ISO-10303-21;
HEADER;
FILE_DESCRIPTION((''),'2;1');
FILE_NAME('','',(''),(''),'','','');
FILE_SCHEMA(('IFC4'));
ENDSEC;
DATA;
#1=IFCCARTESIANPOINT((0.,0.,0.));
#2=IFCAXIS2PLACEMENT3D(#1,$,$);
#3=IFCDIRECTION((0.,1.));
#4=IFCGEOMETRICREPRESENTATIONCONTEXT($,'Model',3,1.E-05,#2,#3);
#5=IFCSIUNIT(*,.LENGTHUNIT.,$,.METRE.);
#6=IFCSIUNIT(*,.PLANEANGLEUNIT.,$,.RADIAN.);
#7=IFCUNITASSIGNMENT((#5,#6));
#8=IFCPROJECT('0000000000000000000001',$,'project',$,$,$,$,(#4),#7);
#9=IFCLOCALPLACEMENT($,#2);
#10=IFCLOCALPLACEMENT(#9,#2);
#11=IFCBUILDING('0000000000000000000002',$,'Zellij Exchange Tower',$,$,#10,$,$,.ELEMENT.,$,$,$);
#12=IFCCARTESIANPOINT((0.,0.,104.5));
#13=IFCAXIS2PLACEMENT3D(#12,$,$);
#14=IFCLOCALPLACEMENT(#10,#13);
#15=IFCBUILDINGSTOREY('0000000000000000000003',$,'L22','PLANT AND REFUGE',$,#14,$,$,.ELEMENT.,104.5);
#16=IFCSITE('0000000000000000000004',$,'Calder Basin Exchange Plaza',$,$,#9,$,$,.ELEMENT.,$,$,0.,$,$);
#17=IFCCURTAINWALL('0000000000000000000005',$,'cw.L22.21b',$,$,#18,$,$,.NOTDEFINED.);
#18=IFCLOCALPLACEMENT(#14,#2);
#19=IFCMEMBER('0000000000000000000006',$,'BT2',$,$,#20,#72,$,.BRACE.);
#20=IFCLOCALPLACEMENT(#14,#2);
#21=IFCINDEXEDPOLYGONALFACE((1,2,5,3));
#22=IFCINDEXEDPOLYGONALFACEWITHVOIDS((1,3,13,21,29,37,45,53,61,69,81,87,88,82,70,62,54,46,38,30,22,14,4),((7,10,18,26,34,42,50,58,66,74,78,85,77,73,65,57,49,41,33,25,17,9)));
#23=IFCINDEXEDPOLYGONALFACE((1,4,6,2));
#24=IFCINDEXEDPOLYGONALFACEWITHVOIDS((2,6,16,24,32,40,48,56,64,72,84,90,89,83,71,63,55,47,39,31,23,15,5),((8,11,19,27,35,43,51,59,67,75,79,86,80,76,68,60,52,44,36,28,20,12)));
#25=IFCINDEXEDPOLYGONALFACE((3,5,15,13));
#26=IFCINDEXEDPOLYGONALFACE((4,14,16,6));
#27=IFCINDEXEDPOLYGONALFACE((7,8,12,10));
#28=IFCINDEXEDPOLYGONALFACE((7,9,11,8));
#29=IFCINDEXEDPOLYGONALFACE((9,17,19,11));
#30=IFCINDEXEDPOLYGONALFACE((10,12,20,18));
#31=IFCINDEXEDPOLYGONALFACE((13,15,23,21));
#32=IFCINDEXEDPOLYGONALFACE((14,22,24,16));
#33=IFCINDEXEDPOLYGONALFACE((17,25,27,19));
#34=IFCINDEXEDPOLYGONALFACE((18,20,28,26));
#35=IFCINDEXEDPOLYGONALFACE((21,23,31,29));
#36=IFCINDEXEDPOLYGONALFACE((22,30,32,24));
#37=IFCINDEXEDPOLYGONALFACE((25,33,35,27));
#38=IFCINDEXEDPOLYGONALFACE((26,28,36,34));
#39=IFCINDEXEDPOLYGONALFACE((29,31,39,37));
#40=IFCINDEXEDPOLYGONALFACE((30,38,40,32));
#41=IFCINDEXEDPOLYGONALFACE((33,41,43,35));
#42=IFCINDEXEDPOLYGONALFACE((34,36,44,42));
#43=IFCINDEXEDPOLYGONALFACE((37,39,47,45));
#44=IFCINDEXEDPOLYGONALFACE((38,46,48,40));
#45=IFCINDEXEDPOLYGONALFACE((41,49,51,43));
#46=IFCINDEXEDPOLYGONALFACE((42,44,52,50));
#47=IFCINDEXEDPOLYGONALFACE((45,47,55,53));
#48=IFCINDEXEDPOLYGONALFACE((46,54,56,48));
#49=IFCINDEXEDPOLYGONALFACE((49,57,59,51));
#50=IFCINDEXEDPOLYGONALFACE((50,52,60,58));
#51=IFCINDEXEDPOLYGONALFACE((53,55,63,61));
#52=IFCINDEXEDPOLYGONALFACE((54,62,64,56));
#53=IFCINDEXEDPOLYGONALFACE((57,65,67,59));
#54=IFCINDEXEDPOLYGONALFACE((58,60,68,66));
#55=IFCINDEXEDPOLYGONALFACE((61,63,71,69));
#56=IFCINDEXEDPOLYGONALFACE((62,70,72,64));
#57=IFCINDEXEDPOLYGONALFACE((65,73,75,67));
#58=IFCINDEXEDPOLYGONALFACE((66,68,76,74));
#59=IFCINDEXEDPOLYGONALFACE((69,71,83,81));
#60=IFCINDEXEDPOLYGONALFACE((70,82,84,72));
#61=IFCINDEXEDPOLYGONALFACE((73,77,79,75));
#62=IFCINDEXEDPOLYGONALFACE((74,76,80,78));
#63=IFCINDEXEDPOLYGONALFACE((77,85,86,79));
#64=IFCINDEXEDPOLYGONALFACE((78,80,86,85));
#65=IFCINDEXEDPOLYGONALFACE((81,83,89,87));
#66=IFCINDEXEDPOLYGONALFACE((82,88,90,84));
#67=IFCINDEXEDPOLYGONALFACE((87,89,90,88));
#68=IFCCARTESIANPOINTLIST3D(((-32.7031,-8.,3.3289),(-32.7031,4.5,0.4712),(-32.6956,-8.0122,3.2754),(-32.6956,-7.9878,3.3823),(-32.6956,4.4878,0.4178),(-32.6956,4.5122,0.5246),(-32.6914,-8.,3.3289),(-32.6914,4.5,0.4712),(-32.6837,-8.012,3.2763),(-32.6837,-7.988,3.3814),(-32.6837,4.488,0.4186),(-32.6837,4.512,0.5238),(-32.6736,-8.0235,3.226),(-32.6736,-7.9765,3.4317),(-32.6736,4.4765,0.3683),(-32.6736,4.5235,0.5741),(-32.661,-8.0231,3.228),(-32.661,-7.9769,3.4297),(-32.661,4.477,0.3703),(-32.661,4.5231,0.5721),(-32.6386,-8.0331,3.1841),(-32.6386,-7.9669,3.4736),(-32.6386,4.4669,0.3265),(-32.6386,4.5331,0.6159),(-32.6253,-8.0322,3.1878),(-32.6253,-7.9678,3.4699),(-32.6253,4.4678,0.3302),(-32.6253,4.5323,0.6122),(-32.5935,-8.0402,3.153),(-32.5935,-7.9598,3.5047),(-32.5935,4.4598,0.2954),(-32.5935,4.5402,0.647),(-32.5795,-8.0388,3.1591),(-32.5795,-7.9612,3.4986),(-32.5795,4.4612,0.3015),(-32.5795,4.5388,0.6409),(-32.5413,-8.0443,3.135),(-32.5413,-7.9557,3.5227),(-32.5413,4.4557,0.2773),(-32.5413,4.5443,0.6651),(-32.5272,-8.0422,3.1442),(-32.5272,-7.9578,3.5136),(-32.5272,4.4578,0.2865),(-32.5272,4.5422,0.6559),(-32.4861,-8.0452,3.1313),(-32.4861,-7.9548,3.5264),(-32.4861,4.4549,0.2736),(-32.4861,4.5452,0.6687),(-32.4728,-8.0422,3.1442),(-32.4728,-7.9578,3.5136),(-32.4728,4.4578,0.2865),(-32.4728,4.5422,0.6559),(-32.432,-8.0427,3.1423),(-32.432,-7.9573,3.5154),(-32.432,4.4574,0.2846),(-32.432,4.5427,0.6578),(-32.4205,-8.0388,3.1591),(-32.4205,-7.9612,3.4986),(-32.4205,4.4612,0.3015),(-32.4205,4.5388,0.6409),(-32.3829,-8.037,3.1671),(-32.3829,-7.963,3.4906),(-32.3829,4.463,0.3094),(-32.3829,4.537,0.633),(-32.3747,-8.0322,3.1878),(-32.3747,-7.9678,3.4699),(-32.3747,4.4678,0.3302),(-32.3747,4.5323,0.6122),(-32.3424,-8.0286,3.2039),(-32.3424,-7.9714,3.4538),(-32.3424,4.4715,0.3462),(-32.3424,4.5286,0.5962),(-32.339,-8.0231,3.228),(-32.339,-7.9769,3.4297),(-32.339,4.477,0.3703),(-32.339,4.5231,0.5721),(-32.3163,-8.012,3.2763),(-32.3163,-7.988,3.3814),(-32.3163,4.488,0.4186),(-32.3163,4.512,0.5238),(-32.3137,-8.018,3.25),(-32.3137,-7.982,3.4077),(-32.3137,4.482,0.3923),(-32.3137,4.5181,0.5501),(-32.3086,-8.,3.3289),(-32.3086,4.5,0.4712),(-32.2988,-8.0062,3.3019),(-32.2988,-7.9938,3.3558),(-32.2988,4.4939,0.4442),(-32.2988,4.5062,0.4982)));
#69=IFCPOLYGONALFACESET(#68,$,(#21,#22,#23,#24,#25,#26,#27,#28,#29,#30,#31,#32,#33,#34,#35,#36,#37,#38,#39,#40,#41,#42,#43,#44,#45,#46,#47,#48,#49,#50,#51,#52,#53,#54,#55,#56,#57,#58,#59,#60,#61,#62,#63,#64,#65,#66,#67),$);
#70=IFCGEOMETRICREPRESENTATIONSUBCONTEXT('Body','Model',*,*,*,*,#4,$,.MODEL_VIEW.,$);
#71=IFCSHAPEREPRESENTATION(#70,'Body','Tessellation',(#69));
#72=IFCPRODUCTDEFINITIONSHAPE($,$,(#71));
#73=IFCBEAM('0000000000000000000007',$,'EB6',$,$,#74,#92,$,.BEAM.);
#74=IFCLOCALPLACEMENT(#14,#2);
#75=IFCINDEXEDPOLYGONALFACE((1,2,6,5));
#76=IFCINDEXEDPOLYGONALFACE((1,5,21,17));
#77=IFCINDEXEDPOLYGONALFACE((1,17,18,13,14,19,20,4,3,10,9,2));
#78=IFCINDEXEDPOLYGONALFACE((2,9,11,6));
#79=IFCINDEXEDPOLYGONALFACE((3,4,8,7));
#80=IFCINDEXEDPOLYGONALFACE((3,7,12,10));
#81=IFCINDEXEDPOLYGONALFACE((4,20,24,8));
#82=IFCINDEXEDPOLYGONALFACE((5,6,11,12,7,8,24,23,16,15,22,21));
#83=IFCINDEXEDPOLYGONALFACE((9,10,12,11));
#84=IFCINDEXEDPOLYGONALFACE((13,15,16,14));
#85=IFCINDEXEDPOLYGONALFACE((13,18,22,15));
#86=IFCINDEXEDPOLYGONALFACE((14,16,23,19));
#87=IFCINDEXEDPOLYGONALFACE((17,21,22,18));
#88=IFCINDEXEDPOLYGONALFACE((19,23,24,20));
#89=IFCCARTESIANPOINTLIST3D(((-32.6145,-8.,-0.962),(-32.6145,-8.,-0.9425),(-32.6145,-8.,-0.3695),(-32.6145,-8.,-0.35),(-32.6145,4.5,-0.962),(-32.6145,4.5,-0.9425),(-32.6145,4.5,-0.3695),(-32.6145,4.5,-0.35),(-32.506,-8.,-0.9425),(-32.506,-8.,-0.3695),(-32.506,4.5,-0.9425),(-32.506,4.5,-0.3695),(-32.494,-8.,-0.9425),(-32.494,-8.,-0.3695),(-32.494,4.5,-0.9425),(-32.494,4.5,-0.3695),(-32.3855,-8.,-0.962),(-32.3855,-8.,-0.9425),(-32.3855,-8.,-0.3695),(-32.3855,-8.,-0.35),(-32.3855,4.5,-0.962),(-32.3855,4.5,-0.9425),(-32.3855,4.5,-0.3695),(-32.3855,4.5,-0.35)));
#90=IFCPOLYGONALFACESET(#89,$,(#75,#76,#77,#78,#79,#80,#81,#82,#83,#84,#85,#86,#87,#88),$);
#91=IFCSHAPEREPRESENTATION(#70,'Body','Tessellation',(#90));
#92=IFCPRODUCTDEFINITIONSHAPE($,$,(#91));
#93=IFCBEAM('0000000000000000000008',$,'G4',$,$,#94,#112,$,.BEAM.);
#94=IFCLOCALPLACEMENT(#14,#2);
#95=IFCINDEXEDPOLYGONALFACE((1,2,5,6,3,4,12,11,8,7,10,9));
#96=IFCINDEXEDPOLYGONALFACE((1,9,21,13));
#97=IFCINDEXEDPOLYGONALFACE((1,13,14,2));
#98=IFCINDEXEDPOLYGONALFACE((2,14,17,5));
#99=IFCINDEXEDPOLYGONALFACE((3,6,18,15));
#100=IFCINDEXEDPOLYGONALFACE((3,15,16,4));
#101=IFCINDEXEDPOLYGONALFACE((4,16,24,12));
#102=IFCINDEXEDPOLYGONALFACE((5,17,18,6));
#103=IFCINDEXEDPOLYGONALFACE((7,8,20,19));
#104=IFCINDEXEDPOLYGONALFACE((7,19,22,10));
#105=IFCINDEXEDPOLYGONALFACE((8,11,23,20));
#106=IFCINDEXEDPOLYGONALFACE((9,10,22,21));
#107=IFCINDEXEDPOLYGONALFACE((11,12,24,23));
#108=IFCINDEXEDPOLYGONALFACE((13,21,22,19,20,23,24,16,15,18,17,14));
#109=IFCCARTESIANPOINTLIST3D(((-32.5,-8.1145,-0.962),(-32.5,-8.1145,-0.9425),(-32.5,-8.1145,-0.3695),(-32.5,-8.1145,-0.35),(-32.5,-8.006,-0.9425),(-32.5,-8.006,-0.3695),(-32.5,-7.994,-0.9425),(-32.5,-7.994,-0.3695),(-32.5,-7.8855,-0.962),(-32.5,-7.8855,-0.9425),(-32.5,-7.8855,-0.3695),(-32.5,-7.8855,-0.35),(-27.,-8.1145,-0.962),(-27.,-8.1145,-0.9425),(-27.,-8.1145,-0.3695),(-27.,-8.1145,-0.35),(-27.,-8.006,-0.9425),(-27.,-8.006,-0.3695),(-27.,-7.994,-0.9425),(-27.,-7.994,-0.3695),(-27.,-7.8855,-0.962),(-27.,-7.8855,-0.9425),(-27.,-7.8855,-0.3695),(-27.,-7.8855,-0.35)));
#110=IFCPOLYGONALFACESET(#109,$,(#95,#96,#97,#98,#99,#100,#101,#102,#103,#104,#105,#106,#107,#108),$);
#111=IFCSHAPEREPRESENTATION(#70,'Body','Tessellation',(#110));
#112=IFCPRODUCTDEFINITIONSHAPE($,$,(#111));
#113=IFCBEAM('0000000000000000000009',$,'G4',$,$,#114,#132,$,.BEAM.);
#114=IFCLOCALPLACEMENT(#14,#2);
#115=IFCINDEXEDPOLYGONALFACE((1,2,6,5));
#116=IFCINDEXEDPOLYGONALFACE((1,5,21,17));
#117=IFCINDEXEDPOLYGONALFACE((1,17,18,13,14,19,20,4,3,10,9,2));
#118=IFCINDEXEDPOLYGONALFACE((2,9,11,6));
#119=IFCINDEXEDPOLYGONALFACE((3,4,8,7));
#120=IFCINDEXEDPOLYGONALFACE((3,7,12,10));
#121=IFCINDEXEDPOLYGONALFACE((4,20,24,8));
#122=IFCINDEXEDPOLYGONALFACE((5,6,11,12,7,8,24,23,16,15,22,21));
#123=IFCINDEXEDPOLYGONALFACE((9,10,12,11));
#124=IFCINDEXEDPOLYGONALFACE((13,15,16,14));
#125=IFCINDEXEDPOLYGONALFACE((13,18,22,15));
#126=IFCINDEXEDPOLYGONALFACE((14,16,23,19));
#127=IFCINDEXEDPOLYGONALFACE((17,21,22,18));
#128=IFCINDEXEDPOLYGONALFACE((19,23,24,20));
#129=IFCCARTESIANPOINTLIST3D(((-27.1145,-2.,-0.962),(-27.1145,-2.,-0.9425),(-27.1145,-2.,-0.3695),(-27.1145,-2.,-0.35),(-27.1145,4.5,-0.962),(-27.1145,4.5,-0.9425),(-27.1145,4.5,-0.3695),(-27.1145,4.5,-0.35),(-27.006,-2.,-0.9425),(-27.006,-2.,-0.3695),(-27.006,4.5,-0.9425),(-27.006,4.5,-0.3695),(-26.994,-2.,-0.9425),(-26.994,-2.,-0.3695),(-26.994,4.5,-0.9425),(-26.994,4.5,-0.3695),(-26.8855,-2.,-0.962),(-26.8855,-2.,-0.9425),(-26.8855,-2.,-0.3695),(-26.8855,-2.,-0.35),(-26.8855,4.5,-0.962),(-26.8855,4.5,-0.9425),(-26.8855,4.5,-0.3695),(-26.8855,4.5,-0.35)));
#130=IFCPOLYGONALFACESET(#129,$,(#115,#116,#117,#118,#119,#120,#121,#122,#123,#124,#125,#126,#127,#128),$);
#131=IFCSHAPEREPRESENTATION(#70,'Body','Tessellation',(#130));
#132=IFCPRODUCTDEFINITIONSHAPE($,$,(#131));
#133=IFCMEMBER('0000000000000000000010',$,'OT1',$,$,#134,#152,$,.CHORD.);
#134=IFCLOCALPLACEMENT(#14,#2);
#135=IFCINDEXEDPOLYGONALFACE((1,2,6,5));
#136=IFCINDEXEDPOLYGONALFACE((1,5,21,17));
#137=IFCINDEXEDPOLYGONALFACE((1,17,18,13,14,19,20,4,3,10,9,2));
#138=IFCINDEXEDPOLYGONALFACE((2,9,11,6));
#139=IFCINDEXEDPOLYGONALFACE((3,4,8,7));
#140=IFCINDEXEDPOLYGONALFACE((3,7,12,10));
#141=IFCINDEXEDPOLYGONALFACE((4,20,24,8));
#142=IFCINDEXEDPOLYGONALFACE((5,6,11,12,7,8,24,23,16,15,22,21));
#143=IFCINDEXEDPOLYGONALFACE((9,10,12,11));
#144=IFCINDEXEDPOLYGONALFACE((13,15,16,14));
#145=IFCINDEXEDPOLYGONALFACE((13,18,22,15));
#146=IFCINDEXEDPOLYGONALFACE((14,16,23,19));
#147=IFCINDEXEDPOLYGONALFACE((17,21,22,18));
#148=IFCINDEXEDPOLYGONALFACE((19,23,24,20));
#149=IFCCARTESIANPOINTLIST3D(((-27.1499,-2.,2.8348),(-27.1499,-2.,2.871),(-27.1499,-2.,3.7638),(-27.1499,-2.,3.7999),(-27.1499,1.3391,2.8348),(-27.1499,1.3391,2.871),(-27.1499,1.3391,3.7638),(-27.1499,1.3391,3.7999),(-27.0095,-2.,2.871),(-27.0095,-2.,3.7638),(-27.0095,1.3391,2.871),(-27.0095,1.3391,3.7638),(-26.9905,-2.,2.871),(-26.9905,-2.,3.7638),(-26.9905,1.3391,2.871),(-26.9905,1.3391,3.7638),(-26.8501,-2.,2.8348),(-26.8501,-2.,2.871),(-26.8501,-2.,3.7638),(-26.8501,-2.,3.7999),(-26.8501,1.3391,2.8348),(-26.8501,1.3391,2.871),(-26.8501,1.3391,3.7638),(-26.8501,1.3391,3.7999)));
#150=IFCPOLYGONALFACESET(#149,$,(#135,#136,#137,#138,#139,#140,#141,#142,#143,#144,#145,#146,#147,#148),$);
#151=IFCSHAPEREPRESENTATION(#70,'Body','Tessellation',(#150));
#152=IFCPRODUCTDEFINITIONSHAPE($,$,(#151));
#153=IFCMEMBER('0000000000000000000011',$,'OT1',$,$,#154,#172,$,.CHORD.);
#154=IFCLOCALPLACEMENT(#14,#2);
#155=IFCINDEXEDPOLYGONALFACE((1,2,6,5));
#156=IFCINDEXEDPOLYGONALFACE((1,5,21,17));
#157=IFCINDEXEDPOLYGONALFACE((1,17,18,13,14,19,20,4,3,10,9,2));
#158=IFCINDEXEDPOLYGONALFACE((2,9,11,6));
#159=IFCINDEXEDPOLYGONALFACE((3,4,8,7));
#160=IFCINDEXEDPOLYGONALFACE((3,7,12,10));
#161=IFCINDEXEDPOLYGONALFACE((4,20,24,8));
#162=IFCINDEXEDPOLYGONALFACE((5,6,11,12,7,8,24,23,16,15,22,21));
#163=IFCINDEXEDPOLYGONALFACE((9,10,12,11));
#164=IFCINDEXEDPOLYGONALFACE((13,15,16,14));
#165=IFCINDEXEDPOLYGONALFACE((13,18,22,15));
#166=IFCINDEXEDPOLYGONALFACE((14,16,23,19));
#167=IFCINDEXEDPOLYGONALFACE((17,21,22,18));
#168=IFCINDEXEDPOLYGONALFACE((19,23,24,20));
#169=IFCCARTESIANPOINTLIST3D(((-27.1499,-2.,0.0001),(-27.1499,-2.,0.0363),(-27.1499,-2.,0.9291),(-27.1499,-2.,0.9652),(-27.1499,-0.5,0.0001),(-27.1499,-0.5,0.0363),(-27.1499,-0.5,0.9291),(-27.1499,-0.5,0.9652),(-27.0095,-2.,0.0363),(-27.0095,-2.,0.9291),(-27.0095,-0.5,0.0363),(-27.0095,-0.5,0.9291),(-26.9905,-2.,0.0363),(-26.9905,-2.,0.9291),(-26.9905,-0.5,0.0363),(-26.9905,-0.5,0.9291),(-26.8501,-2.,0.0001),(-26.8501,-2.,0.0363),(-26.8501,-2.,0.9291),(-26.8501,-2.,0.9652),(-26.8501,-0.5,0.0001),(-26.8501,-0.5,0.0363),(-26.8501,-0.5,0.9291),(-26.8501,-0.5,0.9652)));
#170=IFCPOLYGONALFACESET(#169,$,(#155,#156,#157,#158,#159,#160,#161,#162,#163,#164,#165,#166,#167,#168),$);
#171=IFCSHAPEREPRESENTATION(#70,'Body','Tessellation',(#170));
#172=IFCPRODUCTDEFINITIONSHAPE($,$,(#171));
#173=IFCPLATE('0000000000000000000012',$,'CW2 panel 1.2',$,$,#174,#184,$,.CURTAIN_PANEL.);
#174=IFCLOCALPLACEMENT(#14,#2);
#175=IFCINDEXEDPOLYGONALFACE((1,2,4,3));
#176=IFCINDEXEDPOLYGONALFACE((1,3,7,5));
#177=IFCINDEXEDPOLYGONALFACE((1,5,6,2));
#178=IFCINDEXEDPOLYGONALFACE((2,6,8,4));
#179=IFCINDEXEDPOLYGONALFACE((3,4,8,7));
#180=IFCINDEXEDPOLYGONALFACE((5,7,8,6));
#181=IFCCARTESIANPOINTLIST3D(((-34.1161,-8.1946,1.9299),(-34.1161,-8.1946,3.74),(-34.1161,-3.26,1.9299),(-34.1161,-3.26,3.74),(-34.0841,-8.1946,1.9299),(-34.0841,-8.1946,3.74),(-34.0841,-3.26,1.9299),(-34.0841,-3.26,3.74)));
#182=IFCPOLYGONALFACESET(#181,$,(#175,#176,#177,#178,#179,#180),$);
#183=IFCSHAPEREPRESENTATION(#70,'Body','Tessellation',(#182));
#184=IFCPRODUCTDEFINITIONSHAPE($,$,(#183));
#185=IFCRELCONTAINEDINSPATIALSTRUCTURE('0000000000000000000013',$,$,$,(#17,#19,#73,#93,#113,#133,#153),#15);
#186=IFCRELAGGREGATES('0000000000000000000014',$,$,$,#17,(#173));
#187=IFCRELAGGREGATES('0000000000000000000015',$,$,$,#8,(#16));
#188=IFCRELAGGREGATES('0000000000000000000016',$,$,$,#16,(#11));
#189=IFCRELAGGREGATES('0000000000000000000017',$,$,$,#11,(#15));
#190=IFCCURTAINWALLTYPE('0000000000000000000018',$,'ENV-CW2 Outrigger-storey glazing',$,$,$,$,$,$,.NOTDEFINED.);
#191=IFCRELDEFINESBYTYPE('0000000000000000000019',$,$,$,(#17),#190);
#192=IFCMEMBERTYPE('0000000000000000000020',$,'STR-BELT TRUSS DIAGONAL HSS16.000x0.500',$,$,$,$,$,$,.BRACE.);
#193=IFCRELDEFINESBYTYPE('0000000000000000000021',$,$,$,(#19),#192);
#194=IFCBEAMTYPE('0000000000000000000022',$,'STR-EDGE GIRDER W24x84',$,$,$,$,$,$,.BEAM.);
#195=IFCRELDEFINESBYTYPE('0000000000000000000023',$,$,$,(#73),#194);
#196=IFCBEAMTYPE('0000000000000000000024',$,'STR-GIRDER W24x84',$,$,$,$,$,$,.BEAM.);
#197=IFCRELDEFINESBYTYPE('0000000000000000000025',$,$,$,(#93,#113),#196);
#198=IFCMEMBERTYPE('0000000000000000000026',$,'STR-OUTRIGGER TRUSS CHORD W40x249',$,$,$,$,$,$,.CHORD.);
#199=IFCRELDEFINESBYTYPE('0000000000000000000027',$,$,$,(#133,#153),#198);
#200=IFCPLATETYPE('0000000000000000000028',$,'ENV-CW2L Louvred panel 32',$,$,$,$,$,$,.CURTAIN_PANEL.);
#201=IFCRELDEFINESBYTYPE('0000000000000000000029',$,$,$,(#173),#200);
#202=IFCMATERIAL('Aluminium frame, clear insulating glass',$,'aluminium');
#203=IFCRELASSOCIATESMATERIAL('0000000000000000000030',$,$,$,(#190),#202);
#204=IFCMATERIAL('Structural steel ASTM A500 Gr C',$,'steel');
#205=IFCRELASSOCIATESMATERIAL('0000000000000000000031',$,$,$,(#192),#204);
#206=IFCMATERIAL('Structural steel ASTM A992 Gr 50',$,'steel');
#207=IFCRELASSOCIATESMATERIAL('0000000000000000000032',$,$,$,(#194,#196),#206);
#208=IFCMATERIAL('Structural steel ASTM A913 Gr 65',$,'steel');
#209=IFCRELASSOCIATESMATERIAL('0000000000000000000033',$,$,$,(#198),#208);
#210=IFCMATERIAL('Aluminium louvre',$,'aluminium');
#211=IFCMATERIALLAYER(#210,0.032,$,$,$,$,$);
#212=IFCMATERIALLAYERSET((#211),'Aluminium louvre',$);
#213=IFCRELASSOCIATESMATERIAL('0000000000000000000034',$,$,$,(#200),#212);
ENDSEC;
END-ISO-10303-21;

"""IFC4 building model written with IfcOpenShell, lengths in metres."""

from ifc_helpers import new_model, si_unit, direction, frame, origin, origin_2d, place, context, subcontext, project, spatial, rectangle, hollow_circle, i_section, extrude, material, layer, layer_set, material_profile, profile_set, type_object, element, aggregate, save


model = new_model("IFC4")

# Units and contexts
model_context = context("Model", 3, precision=1e-05, world=origin(), true_north=direction((0.0, 1.0)))
body_context = subcontext(model_context, "Body", "Model", "MODEL_VIEW")
ifc_project = project(units=[si_unit("LENGTHUNIT", "METRE"), si_unit("PLANEANGLEUNIT", "RADIAN")], contexts=[model_context])

# Site, building, storey
site_placement = place(None, origin())
site = spatial("IfcSite", under=ifc_project, at=site_placement, Name="Calder Basin Exchange Plaza", CompositionType="ELEMENT", RefElevation=0.0)
building_placement = place(site_placement, origin())
building = spatial("IfcBuilding", under=site, at=building_placement, Name="Zellij Exchange Tower", CompositionType="ELEMENT")
storey_placement = place(building_placement, frame((0.0, 0.0, 104.5)))
storey = spatial("IfcBuildingStorey", under=building, at=storey_placement, Name="L22", Description="PLANT AND REFUGE", CompositionType="ELEMENT", Elevation=104.5)

# Shared definitions
ifc_material_1 = material(Name="Aluminium frame, clear insulating glass", Category="aluminium")
curtain_wall_type = type_object("IfcCurtainWallType", Name="ENV-CW2 Outrigger-storey glazing", PredefinedType="NOTDEFINED", material=ifc_material_1)

# Curtain wall
curtain_wall_1_placement = place(storey_placement, origin())
curtain_wall_1 = element("IfcCurtainWall", 1, at=curtain_wall_1_placement, inside=storey, type_object=curtain_wall_type, Name="cw.L22.21b", PredefinedType="NOTDEFINED")

# Shared definitions
ifc_material_2 = material(Name="Structural steel ASTM A992 Gr 50", Category="steel")

# Member
ifc_material_3 = material(Name="Structural steel ASTM A500 Gr C", Category="steel")
ifc_material_profile_1 = material_profile(ifc_material_3, hollow_circle(Radius=0.2031, WallThickness=0.0117, at=origin_2d()), Name="STR-BELT TRUSS DIAGONAL HSS16.000x0.500")
ifc_profile_set_1 = profile_set([ifc_material_profile_1], Name="Structural steel ASTM A500 Gr C")
member_type_1 = type_object("IfcMemberType", Name="STR-BELT TRUSS DIAGONAL HSS16.000x0.500", PredefinedType="BRACE", material=ifc_profile_set_1)
member_1_placement = place(storey_placement, frame((-32.5, -8.0, 3.3289), z_axis=(0.0, 0.97485, -0.222864), x_axis=(-1.0, 0.0, 0.0)))
element("IfcMember", 2, at=member_1_placement, inside=storey, type_object=member_type_1, Name="BT2", PredefinedType="BRACE", context=body_context, shape_type="SweptSolid", body=[
    extrude(hollow_circle(Radius=0.2031, WallThickness=0.0117, at=origin_2d()), origin(), (0.0, 0.0, 1.0), 12.8225),
])

# Beams
ifc_material_profile_2 = material_profile(ifc_material_2, i_section(OverallWidth=0.229, OverallDepth=0.6121, WebThickness=0.012, FlangeThickness=0.0195, at=origin_2d()), Name="W24x84")
ifc_profile_set_2 = profile_set([ifc_material_profile_2], Name="Structural steel ASTM A992 Gr 50")
beam_type_1 = type_object("IfcBeamType", Name="STR-EDGE GIRDER W24x84", PredefinedType="BEAM", material=ifc_profile_set_2)
beam_1_placement = place(storey_placement, frame((-32.5, -8.0, -0.656), z_axis=(0.0, 1.0, 0.0), x_axis=(-1.0, 0.0, 0.0)))
element("IfcBeam", 3, at=beam_1_placement, inside=storey, type_object=beam_type_1, Name="EB6", PredefinedType="BEAM", context=body_context, shape_type="SweptSolid", body=[
    extrude(i_section(OverallWidth=0.229, OverallDepth=0.6121, WebThickness=0.012, FlangeThickness=0.0195, at=origin_2d()), origin(), (0.0, 0.0, 1.0), 12.5),
])
ifc_material_profile_3 = material_profile(ifc_material_2, i_section(OverallWidth=0.229, OverallDepth=0.6121, WebThickness=0.012, FlangeThickness=0.0195, at=origin_2d()), Name="W24x84")
ifc_profile_set_3 = profile_set([ifc_material_profile_3], Name="Structural steel ASTM A992 Gr 50")
beam_type_2 = type_object("IfcBeamType", Name="STR-GIRDER W24x84", PredefinedType="BEAM", material=ifc_profile_set_3)
beam_2_placement = place(storey_placement, frame((-32.5, -8.0, -0.656), z_axis=(1.0, 0.0, 0.0), x_axis=(0.0, 1.0, 0.0)))
element("IfcBeam", 4, at=beam_2_placement, inside=storey, type_object=beam_type_2, Name="G4", PredefinedType="BEAM", context=body_context, shape_type="SweptSolid", body=[
    extrude(i_section(OverallWidth=0.229, OverallDepth=0.6121, WebThickness=0.012, FlangeThickness=0.0195, at=origin_2d()), origin(), (0.0, 0.0, 1.0), 5.5),
])
beam_3_placement = place(storey_placement, frame((-27.0, -2.0, -0.656), z_axis=(0.0, 1.0, 0.0), x_axis=(-1.0, 0.0, 0.0)))
element("IfcBeam", 5, at=beam_3_placement, inside=storey, type_object=beam_type_2, Name="G4", PredefinedType="BEAM", context=body_context, shape_type="SweptSolid", body=[
    extrude(i_section(OverallWidth=0.229, OverallDepth=0.6121, WebThickness=0.012, FlangeThickness=0.0195, at=origin_2d()), origin(), (0.0, 0.0, 1.0), 6.5),
])

# Members
ifc_material_4 = material(Name="Structural steel ASTM A913 Gr 65", Category="steel")
ifc_material_profile_4 = material_profile(ifc_material_4, i_section(OverallWidth=0.2998, OverallDepth=0.9651, WebThickness=0.019, FlangeThickness=0.0361, at=origin_2d()), Name="W40x249")
ifc_profile_set_4 = profile_set([ifc_material_profile_4], Name="Structural steel ASTM A913 Gr 65")
member_type_2 = type_object("IfcMemberType", Name="STR-OUTRIGGER TRUSS CHORD W40x249", PredefinedType="CHORD", material=ifc_profile_set_4)
member_2_placement = place(storey_placement, frame((-27.0, -2.0, 3.3174), z_axis=(0.0, 1.0, 0.0), x_axis=(-1.0, 0.0, 0.0)))
element("IfcMember", 6, at=member_2_placement, inside=storey, type_object=member_type_2, Name="OT1", PredefinedType="CHORD", context=body_context, shape_type="SweptSolid", body=[
    extrude(i_section(OverallWidth=0.2998, OverallDepth=0.9651, WebThickness=0.019, FlangeThickness=0.0361, at=origin_2d()), origin(), (0.0, 0.0, 1.0), 3.3391),
])
member_3_placement = place(storey_placement, frame((-27.0, -2.0, 0.4827), z_axis=(0.0, 1.0, 0.0), x_axis=(-1.0, 0.0, 0.0)))
element("IfcMember", 7, at=member_3_placement, inside=storey, type_object=member_type_2, Name="OT1", PredefinedType="CHORD", context=body_context, shape_type="SweptSolid", body=[
    extrude(i_section(OverallWidth=0.2998, OverallDepth=0.9651, WebThickness=0.019, FlangeThickness=0.0361, at=origin_2d()), origin(), (0.0, 0.0, 1.0), 1.5),
])

# Plate
ifc_material_5 = material(Name="Aluminium louvre", Category="aluminium")
ifc_layer_1 = layer(ifc_material_5, 0.032)
ifc_layer_set_1 = layer_set([ifc_layer_1], Name="Aluminium louvre")
plate_type_1 = type_object("IfcPlateType", Name="ENV-CW2L Louvred panel 32", PredefinedType="CURTAIN_PANEL", material=ifc_layer_set_1)
plate_1_placement = place(storey_placement, frame((-34.1001, -5.7273, 1.9299), z_axis=(0.0, 0.0, 1.0), x_axis=(0.0, -1.0, 0.0)))
plate_1 = element("IfcPlate", 8, at=plate_1_placement, type_object=plate_type_1, Name="CW2 panel 1.2", PredefinedType="CURTAIN_PANEL", context=body_context, shape_type="SweptSolid", body=[
    extrude(rectangle(XDim=4.9346, YDim=0.032, at=origin_2d()), origin(), (0.0, 0.0, 1.0), 1.8101),
])
aggregate(curtain_wall_1, [plate_1])

save(model, "model.ifc")
